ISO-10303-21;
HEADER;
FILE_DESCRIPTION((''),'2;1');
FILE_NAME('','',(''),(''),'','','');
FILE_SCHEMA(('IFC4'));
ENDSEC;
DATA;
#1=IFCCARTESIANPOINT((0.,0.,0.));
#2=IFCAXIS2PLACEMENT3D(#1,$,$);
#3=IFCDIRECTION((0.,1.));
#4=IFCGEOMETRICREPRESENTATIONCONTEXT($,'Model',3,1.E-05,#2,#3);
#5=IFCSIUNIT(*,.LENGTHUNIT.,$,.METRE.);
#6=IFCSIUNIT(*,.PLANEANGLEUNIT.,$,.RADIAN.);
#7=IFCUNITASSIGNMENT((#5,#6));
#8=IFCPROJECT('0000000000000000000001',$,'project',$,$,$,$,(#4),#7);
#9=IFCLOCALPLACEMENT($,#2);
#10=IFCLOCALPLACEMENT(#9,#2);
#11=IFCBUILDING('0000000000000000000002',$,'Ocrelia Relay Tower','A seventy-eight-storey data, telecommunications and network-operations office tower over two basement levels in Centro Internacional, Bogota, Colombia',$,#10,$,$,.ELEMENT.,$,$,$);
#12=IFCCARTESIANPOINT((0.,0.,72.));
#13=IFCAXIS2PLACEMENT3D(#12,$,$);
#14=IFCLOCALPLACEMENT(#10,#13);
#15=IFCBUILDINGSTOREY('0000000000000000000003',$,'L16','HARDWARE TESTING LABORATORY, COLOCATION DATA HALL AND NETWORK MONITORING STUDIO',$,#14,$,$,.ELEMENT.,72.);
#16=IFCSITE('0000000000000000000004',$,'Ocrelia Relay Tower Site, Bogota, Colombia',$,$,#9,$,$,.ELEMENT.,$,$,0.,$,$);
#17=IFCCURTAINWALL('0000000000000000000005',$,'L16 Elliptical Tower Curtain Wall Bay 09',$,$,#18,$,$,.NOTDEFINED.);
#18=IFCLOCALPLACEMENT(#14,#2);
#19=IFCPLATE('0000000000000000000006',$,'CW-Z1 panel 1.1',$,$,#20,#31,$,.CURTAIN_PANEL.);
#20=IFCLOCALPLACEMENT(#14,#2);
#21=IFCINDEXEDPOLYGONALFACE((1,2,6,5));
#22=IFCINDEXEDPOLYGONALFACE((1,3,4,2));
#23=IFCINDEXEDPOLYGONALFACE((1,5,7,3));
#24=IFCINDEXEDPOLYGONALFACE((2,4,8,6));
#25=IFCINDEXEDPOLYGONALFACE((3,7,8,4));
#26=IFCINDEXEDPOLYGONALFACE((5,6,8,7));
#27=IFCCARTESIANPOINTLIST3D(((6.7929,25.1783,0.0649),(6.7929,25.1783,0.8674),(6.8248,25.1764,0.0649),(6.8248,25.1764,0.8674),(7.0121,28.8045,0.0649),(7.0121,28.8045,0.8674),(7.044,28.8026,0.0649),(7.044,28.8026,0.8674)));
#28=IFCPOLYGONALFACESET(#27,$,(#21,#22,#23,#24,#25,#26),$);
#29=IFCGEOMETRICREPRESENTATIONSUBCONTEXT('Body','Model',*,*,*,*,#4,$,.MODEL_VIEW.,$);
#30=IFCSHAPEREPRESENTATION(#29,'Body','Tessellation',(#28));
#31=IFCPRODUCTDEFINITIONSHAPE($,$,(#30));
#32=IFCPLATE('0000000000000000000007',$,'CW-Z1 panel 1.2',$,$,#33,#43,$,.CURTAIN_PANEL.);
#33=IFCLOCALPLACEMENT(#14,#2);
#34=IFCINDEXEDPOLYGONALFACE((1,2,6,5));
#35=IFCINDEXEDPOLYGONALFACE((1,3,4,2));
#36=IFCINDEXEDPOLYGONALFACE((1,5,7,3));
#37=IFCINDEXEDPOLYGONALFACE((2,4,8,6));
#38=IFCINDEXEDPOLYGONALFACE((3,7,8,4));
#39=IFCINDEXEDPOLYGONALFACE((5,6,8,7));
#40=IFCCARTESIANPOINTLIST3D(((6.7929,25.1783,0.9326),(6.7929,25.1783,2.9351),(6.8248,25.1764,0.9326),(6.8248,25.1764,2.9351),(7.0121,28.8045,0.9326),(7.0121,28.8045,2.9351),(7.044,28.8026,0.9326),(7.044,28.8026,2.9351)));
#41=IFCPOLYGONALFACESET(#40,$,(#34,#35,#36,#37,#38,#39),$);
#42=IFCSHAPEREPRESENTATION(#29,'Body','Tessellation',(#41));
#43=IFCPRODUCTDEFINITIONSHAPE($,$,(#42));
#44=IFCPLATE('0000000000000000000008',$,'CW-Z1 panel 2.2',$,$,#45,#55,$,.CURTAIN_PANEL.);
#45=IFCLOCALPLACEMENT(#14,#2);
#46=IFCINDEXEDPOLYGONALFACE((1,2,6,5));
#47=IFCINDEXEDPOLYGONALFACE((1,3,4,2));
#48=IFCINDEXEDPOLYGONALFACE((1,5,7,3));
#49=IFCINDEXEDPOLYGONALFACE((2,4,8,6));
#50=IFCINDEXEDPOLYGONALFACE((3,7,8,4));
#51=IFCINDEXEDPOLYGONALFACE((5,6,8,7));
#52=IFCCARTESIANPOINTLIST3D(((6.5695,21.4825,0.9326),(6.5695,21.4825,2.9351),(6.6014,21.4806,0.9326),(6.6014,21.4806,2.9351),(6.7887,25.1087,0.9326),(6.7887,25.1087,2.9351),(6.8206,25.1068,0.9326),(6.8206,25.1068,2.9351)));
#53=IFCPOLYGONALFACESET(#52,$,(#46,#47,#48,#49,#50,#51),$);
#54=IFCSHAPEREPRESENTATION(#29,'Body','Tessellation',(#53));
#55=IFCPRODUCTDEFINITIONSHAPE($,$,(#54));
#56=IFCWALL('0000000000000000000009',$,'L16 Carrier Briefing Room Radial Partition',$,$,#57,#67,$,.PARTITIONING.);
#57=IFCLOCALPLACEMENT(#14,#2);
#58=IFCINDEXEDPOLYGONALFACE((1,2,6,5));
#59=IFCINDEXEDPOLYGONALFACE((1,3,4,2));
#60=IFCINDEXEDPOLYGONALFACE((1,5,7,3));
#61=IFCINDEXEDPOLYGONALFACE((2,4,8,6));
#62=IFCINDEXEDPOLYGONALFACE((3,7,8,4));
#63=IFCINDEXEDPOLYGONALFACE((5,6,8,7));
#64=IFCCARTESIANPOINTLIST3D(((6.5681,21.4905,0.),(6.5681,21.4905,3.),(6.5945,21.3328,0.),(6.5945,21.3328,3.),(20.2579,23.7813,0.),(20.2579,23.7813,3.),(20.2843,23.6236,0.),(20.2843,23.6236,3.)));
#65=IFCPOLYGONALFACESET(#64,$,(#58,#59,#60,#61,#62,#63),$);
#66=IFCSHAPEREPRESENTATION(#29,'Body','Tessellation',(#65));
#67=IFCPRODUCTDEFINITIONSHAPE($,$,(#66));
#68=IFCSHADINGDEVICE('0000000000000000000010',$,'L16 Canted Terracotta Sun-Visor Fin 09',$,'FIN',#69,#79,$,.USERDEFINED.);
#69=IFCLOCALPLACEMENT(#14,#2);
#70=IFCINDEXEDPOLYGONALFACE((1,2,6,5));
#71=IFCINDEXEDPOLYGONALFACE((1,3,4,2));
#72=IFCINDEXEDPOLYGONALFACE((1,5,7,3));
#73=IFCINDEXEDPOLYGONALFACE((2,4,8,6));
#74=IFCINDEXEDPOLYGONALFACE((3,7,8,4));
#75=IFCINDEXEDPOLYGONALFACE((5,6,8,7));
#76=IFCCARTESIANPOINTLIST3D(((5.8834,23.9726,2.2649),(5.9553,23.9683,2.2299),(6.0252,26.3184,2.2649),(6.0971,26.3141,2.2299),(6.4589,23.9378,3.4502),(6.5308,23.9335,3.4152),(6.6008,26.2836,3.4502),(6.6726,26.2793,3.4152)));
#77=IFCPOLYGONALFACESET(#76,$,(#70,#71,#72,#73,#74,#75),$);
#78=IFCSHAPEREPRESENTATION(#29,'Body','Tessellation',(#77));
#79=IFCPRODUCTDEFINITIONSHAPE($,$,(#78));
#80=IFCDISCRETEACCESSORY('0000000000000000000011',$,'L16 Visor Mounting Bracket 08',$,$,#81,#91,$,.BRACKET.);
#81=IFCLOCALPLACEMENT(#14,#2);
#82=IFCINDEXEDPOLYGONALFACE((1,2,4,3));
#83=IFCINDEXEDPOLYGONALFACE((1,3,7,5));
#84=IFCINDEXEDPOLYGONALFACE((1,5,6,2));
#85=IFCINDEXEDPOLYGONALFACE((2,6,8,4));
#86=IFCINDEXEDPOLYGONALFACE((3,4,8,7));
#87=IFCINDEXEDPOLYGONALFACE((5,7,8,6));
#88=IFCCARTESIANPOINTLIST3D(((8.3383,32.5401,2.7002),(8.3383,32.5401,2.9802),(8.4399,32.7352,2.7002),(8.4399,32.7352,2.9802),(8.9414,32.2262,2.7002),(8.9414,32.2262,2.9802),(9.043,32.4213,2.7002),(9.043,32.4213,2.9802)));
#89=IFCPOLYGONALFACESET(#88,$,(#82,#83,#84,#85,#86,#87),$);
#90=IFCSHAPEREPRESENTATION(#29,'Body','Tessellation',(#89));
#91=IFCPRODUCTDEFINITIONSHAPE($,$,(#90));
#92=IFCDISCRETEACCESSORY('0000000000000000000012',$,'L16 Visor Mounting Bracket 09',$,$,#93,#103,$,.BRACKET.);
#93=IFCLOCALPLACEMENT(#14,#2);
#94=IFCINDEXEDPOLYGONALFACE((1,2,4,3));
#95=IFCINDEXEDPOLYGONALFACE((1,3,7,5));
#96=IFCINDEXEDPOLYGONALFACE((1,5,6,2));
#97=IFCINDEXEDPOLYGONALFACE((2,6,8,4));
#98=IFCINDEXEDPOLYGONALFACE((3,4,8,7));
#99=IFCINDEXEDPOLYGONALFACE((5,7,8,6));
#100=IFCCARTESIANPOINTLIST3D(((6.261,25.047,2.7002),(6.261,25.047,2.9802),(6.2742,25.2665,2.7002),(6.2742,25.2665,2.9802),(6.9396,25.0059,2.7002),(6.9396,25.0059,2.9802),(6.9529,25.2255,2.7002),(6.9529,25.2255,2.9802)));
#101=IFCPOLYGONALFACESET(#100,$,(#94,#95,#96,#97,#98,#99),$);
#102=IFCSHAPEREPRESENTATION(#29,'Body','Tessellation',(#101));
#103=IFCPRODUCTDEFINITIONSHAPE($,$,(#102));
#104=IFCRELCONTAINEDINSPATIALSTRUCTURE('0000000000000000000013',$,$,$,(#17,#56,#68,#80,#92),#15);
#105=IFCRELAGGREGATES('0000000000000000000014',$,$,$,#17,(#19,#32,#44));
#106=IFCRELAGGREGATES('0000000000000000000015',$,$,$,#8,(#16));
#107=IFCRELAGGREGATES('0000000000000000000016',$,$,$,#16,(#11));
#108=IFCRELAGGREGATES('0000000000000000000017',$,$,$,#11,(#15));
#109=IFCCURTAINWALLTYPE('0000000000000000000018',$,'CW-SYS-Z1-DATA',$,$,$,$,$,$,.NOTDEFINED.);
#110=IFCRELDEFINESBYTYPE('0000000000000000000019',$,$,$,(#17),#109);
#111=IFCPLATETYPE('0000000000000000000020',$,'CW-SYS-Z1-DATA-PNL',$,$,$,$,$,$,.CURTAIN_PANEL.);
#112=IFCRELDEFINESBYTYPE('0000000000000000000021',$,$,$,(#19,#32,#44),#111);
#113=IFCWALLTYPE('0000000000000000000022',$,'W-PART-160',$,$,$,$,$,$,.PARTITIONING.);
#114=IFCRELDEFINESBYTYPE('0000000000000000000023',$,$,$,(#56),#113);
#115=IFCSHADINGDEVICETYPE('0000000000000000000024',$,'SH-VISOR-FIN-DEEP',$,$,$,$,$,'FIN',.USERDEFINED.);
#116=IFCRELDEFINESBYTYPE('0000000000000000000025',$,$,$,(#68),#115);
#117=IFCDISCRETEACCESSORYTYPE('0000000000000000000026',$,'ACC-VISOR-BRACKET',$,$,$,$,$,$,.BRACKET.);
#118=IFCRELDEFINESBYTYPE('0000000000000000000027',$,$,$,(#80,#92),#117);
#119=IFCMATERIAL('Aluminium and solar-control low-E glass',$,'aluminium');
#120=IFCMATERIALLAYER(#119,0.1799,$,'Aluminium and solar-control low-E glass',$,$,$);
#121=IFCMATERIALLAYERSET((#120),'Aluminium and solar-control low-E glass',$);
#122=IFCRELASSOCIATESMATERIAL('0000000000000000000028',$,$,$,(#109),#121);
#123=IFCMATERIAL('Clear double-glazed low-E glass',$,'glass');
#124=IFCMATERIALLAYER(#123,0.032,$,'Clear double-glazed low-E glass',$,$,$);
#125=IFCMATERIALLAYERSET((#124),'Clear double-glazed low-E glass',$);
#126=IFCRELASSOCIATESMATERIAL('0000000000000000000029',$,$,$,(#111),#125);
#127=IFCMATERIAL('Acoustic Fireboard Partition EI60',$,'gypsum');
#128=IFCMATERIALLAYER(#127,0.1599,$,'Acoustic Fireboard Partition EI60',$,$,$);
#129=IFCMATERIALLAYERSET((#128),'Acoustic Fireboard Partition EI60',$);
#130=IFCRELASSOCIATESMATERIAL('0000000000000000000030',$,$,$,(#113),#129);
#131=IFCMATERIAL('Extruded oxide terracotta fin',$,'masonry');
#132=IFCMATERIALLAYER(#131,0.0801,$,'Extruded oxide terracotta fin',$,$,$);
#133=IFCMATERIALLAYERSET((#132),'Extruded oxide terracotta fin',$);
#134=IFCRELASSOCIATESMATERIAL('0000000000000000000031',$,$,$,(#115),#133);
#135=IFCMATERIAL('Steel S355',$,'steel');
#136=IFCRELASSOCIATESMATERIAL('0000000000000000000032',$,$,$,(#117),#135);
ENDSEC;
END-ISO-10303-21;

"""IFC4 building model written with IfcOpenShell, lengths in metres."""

from ifc_helpers import new_model, si_unit, direction, frame, frame_2d, origin, origin_2d, place, context, subcontext, project, spatial, rectangle, extrude, material, layer, layer_set, type_object, element, aggregate, save


model = new_model("IFC4")

# Units and contexts
model_context = context("Model", 3, precision=1e-05, world=origin(), true_north=direction((0.0, 1.0)))
body_context = subcontext(model_context, "Body", "Model", "MODEL_VIEW")
ifc_project = project(units=[si_unit("LENGTHUNIT", "METRE"), si_unit("PLANEANGLEUNIT", "RADIAN")], contexts=[model_context])

# Site, building, storey
site_placement = place(None, origin())
site = spatial("IfcSite", under=ifc_project, at=site_placement, Name="Ocrelia Relay Tower Site, Bogota, Colombia", CompositionType="ELEMENT", RefElevation=0.0)
building_placement = place(site_placement, origin())
building = spatial("IfcBuilding", under=site, at=building_placement, Name="Ocrelia Relay Tower", Description="A seventy-eight-storey data, telecommunications and network-operations office tower over two basement levels in Centro Internacional, Bogota, Colombia", CompositionType="ELEMENT")
storey_placement = place(building_placement, frame((0.0, 0.0, 72.0)))
storey = spatial("IfcBuildingStorey", under=building, at=storey_placement, Name="L16", Description="HARDWARE TESTING LABORATORY, COLOCATION DATA HALL AND NETWORK MONITORING STUDIO", CompositionType="ELEMENT", Elevation=72.0)

# Shared definitions
ifc_material_1 = material(Name="Steel S355", Category="steel")

# Curtain wall, plates
ifc_material_2 = material(Name="Aluminium and solar-control low-E glass", Category="aluminium")
ifc_layer_1 = layer(ifc_material_2, 0.1799, Name="Aluminium and solar-control low-E glass")
ifc_layer_set_1 = layer_set([ifc_layer_1], Name="Aluminium and solar-control low-E glass")
curtain_wall_type = type_object("IfcCurtainWallType", Name="CW-SYS-Z1-DATA", PredefinedType="NOTDEFINED", material=ifc_layer_set_1)
curtain_wall_placement = place(storey_placement, origin())
curtain_wall = element("IfcCurtainWall", 1, at=curtain_wall_placement, inside=storey, type_object=curtain_wall_type, Name="L16 Elliptical Tower Curtain Wall Bay 09", PredefinedType="NOTDEFINED")
ifc_material_3 = material(Name="Clear double-glazed low-E glass", Category="glass")
ifc_layer_2 = layer(ifc_material_3, 0.032, Name="Clear double-glazed low-E glass")
ifc_layer_set_2 = layer_set([ifc_layer_2], Name="Clear double-glazed low-E glass")
plate_type = type_object("IfcPlateType", Name="CW-SYS-Z1-DATA-PNL", PredefinedType="CURTAIN_PANEL", material=ifc_layer_set_2)
plate_1_placement = place(storey_placement, frame((6.9185, 26.9905, 0.0649), z_axis=(0.0, 0.0, 1.0), x_axis=(-0.060344, -0.998178, 0.0)))
plate_1 = element("IfcPlate", 2, at=plate_1_placement, type_object=plate_type, Name="CW-Z1 panel 1.1", PredefinedType="CURTAIN_PANEL", context=body_context, shape_type="SweptSolid", body=[
    extrude(rectangle(XDim=3.6328, YDim=0.032, at=origin_2d()), origin(), (0.0, 0.0, 1.0), 0.8025),
])
plate_2_placement = place(storey_placement, frame((6.9185, 26.9905, 0.9326), z_axis=(0.0, 0.0, 1.0), x_axis=(-0.060344, -0.998178, 0.0)))
plate_2 = element("IfcPlate", 3, at=plate_2_placement, type_object=plate_type, Name="CW-Z1 panel 1.2", PredefinedType="CURTAIN_PANEL", context=body_context, shape_type="SweptSolid", body=[
    extrude(rectangle(XDim=3.6328, YDim=0.032, at=origin_2d()), origin(), (0.0, 0.0, 1.0), 2.0024),
])
plate_3_placement = place(storey_placement, frame((6.6951, 23.2947, 0.9326), z_axis=(0.0, 0.0, 1.0), x_axis=(-0.060344, -0.998178, 0.0)))
plate_3 = element("IfcPlate", 4, at=plate_3_placement, type_object=plate_type, Name="CW-Z1 panel 2.2", PredefinedType="CURTAIN_PANEL", context=body_context, shape_type="SweptSolid", body=[
    extrude(rectangle(XDim=3.6328, YDim=0.032, at=origin_2d()), origin(), (0.0, 0.0, 1.0), 2.0024),
])
aggregate(curtain_wall, [plate_1, plate_2, plate_3])

# Wall
ifc_material_4 = material(Name="Acoustic Fireboard Partition EI60", Category="gypsum")
ifc_layer_3 = layer(ifc_material_4, 0.1599, Name="Acoustic Fireboard Partition EI60")
ifc_layer_set_3 = layer_set([ifc_layer_3], Name="Acoustic Fireboard Partition EI60")
wall_type = type_object("IfcWallType", Name="W-PART-160", PredefinedType="PARTITIONING", material=ifc_layer_set_3)
wall_placement = place(storey_placement, frame((20.271, 23.7024, 0.0), z_axis=(0.0, 0.0, 1.0), x_axis=(-0.986287, -0.165041, 0.0)))
element("IfcWall", 5, at=wall_placement, inside=storey, type_object=wall_type, Name="L16 Carrier Briefing Room Radial Partition", PredefinedType="PARTITIONING", context=body_context, shape_type="SweptSolid", body=[
    extrude(rectangle(XDim=13.8801, YDim=0.1599, at=frame_2d((6.9399, 0.0))), origin(), (0.0, 0.0, 1.0), 3.0),
])

# Shading device
ifc_material_5 = material(Name="Extruded oxide terracotta fin", Category="masonry")
ifc_layer_4 = layer(ifc_material_5, 0.0801, Name="Extruded oxide terracotta fin")
ifc_layer_set_4 = layer_set([ifc_layer_4], Name="Extruded oxide terracotta fin")
shading_device_type = type_object("IfcShadingDeviceType", Name="SH-VISOR-FIN-DEEP", ElementType="FIN", PredefinedType="USERDEFINED", material=ifc_layer_set_4)
shading_device_placement = place(storey_placement, frame((6.314, 25.1238, 2.8225), z_axis=(-0.897614, 0.054265, 0.43743), x_axis=(-0.060344, -0.998178, 0.0)))
element("IfcShadingDevice", 6, at=shading_device_placement, inside=storey, type_object=shading_device_type, Name="L16 Canted Terracotta Sun-Visor Fin 09", ObjectType="FIN", PredefinedType="USERDEFINED", context=body_context, shape_type="SweptSolid", body=[
    extrude(rectangle(XDim=2.3501, YDim=1.3181, at=origin_2d()), origin(), (0.0, 0.0, 1.0), 0.0801),
])

# Discrete accessories
discrete_accessory_type = type_object("IfcDiscreteAccessoryType", Name="ACC-VISOR-BRACKET", PredefinedType="BRACKET", material=ifc_material_1)
for number, where, z_axis, x_axis, name in (
    (7, (8.6907, 32.4807, 2.7002), (0.0, 0.0, 1.0), (-0.461745, -0.887013, 0.0), "L16 Visor Mounting Bracket 08"),
    (8, (6.6069, 25.1362, 2.7002), (0.0, 0.0, 1.0), (-0.060344, -0.998178, 0.0), "L16 Visor Mounting Bracket 09"),
):
    element("IfcDiscreteAccessory", number, at=place(storey_placement, frame(where, z_axis=z_axis, x_axis=x_axis)), inside=storey, type_object=discrete_accessory_type, Name=name, PredefinedType="BRACKET", context=body_context, shape_type="SweptSolid", body=[
        extrude(rectangle(XDim=0.22, YDim=0.6799, at=origin_2d()), origin(), (0.0, 0.0, 1.0), 0.28),
    ])

save(model, "model.ifc")
